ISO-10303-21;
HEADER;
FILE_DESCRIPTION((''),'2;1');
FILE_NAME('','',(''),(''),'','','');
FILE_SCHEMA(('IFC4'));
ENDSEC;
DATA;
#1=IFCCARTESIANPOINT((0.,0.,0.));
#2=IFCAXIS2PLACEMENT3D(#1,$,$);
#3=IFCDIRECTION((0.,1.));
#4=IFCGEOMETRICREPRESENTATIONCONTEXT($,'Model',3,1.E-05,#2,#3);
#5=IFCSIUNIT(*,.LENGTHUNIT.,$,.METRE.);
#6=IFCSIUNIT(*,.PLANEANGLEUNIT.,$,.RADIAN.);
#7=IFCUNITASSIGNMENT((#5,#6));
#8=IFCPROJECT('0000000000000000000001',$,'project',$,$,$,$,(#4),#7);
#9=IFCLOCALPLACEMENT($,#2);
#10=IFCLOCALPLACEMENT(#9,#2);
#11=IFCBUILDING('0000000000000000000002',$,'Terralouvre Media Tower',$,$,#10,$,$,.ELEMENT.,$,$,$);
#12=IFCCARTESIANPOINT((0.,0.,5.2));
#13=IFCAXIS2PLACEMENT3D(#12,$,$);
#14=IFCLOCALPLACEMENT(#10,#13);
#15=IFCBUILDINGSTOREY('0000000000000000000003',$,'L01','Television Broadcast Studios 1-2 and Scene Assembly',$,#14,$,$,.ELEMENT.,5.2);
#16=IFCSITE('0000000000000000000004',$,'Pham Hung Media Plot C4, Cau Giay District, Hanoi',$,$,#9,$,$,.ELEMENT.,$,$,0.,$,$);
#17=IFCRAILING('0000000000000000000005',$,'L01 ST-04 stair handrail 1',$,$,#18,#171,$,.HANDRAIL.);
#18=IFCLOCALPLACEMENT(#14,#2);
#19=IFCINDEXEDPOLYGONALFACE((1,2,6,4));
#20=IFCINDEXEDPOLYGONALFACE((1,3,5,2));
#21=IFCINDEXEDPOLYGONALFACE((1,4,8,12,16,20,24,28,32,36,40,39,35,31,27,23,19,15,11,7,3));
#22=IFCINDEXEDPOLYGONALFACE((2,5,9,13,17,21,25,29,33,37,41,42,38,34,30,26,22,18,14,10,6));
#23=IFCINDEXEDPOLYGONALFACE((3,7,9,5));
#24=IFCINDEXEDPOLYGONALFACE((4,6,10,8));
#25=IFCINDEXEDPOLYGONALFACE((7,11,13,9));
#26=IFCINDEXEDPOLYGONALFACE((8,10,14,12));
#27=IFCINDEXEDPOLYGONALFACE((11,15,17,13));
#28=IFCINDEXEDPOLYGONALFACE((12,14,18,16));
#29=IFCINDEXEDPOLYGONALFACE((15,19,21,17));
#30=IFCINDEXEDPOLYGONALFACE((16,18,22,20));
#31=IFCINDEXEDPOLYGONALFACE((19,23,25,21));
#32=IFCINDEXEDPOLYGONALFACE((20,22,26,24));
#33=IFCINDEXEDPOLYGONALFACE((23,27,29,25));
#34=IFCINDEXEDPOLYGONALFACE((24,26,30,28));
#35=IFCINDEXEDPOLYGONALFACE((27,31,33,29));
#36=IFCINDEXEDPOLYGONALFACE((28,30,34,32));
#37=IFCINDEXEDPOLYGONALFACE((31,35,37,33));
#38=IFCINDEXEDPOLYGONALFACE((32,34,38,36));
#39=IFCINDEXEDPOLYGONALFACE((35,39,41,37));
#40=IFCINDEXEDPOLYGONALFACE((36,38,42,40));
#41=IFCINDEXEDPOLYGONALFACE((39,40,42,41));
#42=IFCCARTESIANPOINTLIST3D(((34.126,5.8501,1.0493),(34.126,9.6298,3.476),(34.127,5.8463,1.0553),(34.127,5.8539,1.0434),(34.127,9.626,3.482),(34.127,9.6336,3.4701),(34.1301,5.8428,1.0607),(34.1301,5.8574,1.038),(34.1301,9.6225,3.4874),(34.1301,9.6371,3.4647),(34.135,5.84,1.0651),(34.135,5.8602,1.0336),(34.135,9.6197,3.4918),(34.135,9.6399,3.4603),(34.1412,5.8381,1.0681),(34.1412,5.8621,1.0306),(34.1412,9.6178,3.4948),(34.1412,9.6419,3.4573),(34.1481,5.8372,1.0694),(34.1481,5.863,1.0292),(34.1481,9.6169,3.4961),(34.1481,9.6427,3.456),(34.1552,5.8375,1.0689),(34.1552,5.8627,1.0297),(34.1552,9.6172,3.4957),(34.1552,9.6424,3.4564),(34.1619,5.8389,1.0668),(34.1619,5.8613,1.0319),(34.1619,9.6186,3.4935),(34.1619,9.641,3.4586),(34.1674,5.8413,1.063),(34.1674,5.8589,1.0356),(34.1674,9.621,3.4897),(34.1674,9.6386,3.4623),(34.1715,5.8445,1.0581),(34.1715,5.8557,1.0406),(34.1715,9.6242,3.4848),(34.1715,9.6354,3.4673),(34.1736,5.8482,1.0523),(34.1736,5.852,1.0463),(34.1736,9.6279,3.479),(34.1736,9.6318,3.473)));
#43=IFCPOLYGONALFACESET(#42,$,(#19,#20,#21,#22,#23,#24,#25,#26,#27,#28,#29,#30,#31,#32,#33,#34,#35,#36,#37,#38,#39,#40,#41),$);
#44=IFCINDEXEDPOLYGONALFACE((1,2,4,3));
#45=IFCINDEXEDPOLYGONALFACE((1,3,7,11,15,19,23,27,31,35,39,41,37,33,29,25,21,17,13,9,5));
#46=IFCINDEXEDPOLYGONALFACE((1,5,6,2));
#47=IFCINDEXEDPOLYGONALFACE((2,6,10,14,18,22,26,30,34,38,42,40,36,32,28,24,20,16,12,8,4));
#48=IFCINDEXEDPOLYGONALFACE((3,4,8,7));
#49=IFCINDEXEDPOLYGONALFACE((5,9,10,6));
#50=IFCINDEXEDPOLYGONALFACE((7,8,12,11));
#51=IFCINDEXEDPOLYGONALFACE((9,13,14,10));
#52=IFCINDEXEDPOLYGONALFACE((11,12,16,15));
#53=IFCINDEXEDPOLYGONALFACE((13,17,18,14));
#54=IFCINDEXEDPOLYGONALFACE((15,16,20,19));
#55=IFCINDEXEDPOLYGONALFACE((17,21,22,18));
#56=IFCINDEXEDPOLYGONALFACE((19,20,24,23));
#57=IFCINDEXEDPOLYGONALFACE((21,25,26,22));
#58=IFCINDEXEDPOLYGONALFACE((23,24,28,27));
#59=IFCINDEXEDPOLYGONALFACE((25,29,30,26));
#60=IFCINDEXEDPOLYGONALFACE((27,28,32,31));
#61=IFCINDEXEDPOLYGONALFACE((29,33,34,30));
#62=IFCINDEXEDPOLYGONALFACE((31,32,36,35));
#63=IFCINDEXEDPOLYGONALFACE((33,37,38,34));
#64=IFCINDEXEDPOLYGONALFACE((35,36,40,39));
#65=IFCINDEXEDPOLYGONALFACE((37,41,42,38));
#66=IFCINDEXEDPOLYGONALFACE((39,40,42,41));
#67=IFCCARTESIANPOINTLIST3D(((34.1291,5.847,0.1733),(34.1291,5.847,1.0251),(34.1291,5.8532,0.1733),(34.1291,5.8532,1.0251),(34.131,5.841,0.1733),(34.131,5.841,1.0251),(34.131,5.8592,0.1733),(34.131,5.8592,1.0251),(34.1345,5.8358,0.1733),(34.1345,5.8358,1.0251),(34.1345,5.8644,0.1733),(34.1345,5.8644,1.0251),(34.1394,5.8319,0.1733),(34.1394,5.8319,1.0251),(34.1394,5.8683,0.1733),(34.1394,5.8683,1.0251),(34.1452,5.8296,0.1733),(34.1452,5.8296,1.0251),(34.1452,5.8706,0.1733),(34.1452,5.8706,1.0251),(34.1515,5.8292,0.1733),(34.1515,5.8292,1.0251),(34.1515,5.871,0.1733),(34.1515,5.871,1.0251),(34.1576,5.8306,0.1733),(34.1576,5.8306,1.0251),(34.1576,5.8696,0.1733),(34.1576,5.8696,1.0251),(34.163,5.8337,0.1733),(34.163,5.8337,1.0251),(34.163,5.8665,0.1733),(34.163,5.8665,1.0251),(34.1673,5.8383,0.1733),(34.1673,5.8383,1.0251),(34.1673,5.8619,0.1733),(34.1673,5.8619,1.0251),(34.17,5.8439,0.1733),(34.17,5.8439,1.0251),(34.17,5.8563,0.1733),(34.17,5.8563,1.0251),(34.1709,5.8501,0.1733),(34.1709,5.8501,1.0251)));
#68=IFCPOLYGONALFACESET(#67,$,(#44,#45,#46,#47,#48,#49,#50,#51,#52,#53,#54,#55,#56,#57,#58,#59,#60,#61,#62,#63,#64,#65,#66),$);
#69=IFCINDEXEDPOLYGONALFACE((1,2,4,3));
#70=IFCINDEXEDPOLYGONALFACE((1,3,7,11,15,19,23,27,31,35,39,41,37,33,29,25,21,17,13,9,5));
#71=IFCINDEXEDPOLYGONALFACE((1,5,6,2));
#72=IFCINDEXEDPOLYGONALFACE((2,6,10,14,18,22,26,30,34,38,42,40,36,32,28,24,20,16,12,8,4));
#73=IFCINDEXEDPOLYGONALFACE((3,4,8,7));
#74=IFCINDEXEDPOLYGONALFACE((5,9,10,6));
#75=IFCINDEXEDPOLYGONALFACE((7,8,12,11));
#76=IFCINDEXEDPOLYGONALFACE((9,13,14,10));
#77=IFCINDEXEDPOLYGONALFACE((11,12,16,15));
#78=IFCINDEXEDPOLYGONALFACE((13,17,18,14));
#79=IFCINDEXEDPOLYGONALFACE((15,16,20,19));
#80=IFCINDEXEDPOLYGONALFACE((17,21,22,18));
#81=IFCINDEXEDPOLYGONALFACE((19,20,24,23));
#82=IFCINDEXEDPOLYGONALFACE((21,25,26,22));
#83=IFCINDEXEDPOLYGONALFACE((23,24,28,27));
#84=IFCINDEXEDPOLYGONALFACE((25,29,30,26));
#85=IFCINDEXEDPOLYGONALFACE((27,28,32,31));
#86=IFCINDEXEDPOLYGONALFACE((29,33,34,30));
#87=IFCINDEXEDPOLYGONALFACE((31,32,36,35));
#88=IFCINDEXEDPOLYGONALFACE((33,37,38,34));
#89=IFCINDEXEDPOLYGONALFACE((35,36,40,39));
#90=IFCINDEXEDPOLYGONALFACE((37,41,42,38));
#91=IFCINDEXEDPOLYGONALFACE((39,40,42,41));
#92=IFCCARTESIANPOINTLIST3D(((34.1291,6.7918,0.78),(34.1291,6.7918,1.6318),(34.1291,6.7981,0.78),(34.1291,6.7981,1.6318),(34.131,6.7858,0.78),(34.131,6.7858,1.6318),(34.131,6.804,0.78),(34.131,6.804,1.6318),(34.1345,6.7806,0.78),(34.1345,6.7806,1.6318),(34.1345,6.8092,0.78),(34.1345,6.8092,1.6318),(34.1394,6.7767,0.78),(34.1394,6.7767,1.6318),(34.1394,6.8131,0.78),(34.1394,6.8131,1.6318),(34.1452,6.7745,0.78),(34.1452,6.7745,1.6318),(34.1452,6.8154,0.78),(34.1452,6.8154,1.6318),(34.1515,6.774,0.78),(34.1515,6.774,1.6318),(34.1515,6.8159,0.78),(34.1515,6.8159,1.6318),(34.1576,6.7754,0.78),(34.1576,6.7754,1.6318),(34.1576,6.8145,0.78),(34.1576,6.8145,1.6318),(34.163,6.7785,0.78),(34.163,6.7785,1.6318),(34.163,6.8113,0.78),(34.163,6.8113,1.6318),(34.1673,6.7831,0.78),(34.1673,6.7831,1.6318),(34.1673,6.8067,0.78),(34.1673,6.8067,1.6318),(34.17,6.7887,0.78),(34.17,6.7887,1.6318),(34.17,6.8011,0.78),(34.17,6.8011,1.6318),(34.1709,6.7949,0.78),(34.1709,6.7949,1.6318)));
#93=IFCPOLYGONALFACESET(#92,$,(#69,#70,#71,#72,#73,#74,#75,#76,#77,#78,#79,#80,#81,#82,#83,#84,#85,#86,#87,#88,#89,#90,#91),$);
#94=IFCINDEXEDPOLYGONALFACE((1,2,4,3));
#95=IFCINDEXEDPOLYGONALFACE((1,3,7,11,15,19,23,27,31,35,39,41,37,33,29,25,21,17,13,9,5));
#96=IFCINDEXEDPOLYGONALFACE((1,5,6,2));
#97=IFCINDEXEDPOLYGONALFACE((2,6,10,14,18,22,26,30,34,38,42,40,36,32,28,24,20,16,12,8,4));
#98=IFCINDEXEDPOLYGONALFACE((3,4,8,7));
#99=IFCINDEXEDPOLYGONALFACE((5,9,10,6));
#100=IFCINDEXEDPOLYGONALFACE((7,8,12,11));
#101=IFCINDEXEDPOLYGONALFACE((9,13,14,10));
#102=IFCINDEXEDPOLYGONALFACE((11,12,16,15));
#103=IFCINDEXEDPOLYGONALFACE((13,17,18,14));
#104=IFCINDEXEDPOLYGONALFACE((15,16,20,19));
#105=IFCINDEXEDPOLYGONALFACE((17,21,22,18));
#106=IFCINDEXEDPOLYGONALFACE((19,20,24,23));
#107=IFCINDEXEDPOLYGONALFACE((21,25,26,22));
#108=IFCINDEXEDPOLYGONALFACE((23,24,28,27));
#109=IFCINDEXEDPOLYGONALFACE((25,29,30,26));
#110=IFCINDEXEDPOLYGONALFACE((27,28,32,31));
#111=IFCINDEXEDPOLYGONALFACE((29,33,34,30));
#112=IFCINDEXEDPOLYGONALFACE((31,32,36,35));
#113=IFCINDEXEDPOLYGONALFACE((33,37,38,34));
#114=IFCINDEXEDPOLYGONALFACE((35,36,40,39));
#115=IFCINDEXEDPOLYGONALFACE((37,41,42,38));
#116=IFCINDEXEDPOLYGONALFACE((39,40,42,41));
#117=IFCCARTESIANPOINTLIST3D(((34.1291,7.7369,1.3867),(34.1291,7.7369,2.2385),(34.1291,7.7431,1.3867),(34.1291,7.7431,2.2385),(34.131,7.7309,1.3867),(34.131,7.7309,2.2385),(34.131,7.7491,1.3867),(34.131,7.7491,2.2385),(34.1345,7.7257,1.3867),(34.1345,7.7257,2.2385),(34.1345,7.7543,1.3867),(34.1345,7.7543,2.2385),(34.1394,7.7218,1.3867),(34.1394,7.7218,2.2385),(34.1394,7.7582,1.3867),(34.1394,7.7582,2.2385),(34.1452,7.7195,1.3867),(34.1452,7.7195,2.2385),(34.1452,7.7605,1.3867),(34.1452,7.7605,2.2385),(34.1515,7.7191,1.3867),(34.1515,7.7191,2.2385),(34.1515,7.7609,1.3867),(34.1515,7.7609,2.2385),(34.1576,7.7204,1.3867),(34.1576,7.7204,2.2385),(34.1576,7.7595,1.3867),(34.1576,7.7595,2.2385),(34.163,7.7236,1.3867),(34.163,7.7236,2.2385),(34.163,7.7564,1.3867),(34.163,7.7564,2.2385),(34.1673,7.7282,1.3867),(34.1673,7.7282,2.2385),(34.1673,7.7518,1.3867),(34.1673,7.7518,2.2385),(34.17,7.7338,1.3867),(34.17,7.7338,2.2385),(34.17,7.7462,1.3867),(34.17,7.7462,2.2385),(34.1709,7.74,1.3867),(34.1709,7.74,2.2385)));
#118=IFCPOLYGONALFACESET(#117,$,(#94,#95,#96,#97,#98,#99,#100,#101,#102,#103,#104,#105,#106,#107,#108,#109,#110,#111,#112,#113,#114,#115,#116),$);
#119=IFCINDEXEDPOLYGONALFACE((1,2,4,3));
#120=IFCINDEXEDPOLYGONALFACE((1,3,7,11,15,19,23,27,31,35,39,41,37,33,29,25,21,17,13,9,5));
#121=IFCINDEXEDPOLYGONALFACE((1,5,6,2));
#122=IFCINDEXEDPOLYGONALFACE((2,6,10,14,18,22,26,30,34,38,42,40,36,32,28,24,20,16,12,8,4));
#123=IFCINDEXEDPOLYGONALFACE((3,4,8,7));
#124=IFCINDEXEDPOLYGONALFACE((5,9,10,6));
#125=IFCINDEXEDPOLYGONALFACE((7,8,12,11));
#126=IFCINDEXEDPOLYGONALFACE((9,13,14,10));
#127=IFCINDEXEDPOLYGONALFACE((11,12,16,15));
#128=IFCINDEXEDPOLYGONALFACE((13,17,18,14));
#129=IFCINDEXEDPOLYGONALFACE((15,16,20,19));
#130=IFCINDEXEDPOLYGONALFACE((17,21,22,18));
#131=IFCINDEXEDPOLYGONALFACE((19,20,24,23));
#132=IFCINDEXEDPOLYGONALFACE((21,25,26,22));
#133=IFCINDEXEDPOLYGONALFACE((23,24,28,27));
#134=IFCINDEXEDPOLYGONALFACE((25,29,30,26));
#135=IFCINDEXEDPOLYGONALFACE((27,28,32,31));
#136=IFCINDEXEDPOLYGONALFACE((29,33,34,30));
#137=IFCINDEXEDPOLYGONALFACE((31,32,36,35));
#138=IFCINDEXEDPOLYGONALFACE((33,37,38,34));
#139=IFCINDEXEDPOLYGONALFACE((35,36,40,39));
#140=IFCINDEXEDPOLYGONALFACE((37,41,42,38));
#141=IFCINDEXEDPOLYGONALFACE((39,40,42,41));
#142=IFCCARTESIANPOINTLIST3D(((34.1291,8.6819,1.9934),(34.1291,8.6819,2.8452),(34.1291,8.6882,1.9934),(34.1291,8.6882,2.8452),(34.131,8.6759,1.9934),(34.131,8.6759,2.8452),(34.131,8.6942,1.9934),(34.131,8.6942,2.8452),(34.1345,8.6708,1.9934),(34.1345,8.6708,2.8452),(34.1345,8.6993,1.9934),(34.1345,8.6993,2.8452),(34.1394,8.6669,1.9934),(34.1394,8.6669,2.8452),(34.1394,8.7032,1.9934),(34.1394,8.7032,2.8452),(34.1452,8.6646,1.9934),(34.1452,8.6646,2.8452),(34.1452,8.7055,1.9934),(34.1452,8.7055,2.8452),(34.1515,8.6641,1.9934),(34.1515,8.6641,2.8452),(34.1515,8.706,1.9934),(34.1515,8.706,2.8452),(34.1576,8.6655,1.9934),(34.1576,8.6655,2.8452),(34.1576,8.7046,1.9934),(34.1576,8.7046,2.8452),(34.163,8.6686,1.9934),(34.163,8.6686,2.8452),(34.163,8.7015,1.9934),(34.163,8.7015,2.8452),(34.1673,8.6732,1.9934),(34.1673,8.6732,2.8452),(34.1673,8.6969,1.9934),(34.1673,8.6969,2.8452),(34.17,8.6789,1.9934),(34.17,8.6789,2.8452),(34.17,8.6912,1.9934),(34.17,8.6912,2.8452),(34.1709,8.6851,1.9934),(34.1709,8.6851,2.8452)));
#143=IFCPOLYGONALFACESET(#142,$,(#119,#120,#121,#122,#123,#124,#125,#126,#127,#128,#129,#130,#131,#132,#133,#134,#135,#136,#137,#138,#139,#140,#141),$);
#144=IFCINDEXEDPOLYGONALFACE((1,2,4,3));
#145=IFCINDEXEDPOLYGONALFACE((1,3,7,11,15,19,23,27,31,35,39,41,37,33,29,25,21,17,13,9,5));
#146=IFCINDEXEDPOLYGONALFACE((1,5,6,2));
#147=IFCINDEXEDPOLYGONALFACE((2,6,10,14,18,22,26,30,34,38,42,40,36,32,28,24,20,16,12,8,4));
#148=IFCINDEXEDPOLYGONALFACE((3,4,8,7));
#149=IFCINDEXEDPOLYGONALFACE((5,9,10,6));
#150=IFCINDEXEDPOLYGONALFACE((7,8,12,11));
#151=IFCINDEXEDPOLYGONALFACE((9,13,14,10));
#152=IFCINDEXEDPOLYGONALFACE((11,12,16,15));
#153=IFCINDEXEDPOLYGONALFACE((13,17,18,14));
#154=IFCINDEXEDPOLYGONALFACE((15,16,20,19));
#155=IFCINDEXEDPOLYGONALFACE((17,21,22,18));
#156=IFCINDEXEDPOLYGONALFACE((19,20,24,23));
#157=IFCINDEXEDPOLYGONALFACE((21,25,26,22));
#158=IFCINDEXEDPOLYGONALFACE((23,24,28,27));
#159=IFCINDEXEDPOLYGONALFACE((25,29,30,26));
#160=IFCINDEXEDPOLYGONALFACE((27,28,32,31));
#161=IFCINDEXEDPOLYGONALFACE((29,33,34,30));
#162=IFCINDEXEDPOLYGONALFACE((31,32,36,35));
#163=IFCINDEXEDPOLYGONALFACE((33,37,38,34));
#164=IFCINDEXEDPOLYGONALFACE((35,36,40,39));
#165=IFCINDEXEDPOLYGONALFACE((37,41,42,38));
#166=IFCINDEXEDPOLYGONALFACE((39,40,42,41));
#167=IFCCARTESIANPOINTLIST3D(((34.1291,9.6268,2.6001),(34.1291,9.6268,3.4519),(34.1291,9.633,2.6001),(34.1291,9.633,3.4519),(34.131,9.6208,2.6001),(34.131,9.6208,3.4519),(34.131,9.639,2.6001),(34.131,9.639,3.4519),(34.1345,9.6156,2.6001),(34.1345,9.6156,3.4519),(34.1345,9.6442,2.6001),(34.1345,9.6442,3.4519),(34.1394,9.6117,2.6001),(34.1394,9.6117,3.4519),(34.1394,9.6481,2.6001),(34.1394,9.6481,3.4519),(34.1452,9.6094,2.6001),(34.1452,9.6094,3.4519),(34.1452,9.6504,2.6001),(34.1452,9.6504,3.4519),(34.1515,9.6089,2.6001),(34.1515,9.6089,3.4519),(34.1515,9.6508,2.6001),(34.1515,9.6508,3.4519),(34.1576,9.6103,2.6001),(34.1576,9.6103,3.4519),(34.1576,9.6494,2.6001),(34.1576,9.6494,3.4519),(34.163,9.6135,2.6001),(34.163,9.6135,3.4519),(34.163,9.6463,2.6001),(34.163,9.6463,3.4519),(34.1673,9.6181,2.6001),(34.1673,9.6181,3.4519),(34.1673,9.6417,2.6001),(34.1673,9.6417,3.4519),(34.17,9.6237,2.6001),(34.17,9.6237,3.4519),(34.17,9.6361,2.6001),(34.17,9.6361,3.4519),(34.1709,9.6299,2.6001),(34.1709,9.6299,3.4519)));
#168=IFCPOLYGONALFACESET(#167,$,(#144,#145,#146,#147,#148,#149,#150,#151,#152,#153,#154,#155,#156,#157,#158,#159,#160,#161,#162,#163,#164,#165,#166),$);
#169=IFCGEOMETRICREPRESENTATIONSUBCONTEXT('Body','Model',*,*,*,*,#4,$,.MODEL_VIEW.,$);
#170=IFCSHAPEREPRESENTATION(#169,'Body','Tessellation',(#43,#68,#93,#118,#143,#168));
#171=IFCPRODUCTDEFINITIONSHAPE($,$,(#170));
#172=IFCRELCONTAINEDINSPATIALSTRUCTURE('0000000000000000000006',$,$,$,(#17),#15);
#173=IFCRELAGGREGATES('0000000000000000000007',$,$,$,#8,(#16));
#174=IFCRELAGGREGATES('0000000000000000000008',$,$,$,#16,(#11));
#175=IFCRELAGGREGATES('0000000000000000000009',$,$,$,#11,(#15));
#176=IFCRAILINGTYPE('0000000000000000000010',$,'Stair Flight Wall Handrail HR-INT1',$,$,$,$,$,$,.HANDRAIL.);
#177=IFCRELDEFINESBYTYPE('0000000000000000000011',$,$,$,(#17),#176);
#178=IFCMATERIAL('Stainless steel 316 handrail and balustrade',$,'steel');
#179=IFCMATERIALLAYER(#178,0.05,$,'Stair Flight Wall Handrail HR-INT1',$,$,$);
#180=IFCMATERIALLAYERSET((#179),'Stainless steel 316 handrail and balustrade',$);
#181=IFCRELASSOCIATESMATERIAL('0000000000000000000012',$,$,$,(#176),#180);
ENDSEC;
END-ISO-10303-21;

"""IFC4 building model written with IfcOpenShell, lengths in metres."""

from ifc_helpers import new_model, si_unit, direction, frame, origin, origin_2d, place, context, subcontext, project, spatial, circle, extrude, material, layer, layer_set, type_object, element, save


model = new_model("IFC4")

# Units and contexts
model_context = context("Model", 3, precision=1e-05, world=origin(), true_north=direction((0.0, 1.0)))
body_context = subcontext(model_context, "Body", "Model", "MODEL_VIEW")
ifc_project = project(units=[si_unit("LENGTHUNIT", "METRE"), si_unit("PLANEANGLEUNIT", "RADIAN")], contexts=[model_context])

# Site, building, storey
site_placement = place(None, origin())
site = spatial("IfcSite", under=ifc_project, at=site_placement, Name="Pham Hung Media Plot C4, Cau Giay District, Hanoi", CompositionType="ELEMENT", RefElevation=0.0)
building_placement = place(site_placement, origin())
building = spatial("IfcBuilding", under=site, at=building_placement, Name="Terralouvre Media Tower", CompositionType="ELEMENT")
storey_placement = place(building_placement, frame((0.0, 0.0, 5.2)))
storey = spatial("IfcBuildingStorey", under=building, at=storey_placement, Name="L01", Description="Television Broadcast Studios 1-2 and Scene Assembly", CompositionType="ELEMENT", Elevation=5.2)

# Railing
ifc_material_1 = material(Name="Stainless steel 316 handrail and balustrade", Category="steel")
ifc_layer_1 = layer(ifc_material_1, 0.05, Name="Stair Flight Wall Handrail HR-INT1")
ifc_layer_set_1 = layer_set([ifc_layer_1], Name="Stainless steel 316 handrail and balustrade")
railing_type_1 = type_object("IfcRailingType", Name="Stair Flight Wall Handrail HR-INT1", PredefinedType="HANDRAIL", material=ifc_layer_set_1)
railing_1_placement = place(storey_placement, frame((34.1499, 5.8501, 0.1733)))
element("IfcRailing", 1, at=railing_1_placement, inside=storey, type_object=railing_type_1, Name="L01 ST-04 stair handrail 1", PredefinedType="HANDRAIL", context=body_context, shape_type="SweptSolid", body=[
    extrude(circle(Radius=0.0239, at=origin_2d()), frame((0.0, 0.0, 0.876), z_axis=(0.0, 0.841493, 0.540269), x_axis=(-1.0, 0.0, 0.0)), (0.0, 0.0, 1.0), 4.4917),
    extrude(circle(Radius=0.021, at=origin_2d()), origin(), (0.0, 0.0, 1.0), 0.8518),
    extrude(circle(Radius=0.021, at=origin_2d()), frame((0.0, 0.9448, 0.6067)), (0.0, 0.0, 1.0), 0.8518),
    extrude(circle(Radius=0.021, at=origin_2d()), frame((0.0, 1.8899, 1.2134)), (0.0, 0.0, 1.0), 0.8518),
    extrude(circle(Radius=0.021, at=origin_2d()), frame((0.0, 2.835, 1.8201)), (0.0, 0.0, 1.0), 0.8518),
    extrude(circle(Radius=0.021, at=origin_2d()), frame((0.0, 3.7798, 2.4268)), (0.0, 0.0, 1.0), 0.8518),
])

save(model, "model.ifc")
